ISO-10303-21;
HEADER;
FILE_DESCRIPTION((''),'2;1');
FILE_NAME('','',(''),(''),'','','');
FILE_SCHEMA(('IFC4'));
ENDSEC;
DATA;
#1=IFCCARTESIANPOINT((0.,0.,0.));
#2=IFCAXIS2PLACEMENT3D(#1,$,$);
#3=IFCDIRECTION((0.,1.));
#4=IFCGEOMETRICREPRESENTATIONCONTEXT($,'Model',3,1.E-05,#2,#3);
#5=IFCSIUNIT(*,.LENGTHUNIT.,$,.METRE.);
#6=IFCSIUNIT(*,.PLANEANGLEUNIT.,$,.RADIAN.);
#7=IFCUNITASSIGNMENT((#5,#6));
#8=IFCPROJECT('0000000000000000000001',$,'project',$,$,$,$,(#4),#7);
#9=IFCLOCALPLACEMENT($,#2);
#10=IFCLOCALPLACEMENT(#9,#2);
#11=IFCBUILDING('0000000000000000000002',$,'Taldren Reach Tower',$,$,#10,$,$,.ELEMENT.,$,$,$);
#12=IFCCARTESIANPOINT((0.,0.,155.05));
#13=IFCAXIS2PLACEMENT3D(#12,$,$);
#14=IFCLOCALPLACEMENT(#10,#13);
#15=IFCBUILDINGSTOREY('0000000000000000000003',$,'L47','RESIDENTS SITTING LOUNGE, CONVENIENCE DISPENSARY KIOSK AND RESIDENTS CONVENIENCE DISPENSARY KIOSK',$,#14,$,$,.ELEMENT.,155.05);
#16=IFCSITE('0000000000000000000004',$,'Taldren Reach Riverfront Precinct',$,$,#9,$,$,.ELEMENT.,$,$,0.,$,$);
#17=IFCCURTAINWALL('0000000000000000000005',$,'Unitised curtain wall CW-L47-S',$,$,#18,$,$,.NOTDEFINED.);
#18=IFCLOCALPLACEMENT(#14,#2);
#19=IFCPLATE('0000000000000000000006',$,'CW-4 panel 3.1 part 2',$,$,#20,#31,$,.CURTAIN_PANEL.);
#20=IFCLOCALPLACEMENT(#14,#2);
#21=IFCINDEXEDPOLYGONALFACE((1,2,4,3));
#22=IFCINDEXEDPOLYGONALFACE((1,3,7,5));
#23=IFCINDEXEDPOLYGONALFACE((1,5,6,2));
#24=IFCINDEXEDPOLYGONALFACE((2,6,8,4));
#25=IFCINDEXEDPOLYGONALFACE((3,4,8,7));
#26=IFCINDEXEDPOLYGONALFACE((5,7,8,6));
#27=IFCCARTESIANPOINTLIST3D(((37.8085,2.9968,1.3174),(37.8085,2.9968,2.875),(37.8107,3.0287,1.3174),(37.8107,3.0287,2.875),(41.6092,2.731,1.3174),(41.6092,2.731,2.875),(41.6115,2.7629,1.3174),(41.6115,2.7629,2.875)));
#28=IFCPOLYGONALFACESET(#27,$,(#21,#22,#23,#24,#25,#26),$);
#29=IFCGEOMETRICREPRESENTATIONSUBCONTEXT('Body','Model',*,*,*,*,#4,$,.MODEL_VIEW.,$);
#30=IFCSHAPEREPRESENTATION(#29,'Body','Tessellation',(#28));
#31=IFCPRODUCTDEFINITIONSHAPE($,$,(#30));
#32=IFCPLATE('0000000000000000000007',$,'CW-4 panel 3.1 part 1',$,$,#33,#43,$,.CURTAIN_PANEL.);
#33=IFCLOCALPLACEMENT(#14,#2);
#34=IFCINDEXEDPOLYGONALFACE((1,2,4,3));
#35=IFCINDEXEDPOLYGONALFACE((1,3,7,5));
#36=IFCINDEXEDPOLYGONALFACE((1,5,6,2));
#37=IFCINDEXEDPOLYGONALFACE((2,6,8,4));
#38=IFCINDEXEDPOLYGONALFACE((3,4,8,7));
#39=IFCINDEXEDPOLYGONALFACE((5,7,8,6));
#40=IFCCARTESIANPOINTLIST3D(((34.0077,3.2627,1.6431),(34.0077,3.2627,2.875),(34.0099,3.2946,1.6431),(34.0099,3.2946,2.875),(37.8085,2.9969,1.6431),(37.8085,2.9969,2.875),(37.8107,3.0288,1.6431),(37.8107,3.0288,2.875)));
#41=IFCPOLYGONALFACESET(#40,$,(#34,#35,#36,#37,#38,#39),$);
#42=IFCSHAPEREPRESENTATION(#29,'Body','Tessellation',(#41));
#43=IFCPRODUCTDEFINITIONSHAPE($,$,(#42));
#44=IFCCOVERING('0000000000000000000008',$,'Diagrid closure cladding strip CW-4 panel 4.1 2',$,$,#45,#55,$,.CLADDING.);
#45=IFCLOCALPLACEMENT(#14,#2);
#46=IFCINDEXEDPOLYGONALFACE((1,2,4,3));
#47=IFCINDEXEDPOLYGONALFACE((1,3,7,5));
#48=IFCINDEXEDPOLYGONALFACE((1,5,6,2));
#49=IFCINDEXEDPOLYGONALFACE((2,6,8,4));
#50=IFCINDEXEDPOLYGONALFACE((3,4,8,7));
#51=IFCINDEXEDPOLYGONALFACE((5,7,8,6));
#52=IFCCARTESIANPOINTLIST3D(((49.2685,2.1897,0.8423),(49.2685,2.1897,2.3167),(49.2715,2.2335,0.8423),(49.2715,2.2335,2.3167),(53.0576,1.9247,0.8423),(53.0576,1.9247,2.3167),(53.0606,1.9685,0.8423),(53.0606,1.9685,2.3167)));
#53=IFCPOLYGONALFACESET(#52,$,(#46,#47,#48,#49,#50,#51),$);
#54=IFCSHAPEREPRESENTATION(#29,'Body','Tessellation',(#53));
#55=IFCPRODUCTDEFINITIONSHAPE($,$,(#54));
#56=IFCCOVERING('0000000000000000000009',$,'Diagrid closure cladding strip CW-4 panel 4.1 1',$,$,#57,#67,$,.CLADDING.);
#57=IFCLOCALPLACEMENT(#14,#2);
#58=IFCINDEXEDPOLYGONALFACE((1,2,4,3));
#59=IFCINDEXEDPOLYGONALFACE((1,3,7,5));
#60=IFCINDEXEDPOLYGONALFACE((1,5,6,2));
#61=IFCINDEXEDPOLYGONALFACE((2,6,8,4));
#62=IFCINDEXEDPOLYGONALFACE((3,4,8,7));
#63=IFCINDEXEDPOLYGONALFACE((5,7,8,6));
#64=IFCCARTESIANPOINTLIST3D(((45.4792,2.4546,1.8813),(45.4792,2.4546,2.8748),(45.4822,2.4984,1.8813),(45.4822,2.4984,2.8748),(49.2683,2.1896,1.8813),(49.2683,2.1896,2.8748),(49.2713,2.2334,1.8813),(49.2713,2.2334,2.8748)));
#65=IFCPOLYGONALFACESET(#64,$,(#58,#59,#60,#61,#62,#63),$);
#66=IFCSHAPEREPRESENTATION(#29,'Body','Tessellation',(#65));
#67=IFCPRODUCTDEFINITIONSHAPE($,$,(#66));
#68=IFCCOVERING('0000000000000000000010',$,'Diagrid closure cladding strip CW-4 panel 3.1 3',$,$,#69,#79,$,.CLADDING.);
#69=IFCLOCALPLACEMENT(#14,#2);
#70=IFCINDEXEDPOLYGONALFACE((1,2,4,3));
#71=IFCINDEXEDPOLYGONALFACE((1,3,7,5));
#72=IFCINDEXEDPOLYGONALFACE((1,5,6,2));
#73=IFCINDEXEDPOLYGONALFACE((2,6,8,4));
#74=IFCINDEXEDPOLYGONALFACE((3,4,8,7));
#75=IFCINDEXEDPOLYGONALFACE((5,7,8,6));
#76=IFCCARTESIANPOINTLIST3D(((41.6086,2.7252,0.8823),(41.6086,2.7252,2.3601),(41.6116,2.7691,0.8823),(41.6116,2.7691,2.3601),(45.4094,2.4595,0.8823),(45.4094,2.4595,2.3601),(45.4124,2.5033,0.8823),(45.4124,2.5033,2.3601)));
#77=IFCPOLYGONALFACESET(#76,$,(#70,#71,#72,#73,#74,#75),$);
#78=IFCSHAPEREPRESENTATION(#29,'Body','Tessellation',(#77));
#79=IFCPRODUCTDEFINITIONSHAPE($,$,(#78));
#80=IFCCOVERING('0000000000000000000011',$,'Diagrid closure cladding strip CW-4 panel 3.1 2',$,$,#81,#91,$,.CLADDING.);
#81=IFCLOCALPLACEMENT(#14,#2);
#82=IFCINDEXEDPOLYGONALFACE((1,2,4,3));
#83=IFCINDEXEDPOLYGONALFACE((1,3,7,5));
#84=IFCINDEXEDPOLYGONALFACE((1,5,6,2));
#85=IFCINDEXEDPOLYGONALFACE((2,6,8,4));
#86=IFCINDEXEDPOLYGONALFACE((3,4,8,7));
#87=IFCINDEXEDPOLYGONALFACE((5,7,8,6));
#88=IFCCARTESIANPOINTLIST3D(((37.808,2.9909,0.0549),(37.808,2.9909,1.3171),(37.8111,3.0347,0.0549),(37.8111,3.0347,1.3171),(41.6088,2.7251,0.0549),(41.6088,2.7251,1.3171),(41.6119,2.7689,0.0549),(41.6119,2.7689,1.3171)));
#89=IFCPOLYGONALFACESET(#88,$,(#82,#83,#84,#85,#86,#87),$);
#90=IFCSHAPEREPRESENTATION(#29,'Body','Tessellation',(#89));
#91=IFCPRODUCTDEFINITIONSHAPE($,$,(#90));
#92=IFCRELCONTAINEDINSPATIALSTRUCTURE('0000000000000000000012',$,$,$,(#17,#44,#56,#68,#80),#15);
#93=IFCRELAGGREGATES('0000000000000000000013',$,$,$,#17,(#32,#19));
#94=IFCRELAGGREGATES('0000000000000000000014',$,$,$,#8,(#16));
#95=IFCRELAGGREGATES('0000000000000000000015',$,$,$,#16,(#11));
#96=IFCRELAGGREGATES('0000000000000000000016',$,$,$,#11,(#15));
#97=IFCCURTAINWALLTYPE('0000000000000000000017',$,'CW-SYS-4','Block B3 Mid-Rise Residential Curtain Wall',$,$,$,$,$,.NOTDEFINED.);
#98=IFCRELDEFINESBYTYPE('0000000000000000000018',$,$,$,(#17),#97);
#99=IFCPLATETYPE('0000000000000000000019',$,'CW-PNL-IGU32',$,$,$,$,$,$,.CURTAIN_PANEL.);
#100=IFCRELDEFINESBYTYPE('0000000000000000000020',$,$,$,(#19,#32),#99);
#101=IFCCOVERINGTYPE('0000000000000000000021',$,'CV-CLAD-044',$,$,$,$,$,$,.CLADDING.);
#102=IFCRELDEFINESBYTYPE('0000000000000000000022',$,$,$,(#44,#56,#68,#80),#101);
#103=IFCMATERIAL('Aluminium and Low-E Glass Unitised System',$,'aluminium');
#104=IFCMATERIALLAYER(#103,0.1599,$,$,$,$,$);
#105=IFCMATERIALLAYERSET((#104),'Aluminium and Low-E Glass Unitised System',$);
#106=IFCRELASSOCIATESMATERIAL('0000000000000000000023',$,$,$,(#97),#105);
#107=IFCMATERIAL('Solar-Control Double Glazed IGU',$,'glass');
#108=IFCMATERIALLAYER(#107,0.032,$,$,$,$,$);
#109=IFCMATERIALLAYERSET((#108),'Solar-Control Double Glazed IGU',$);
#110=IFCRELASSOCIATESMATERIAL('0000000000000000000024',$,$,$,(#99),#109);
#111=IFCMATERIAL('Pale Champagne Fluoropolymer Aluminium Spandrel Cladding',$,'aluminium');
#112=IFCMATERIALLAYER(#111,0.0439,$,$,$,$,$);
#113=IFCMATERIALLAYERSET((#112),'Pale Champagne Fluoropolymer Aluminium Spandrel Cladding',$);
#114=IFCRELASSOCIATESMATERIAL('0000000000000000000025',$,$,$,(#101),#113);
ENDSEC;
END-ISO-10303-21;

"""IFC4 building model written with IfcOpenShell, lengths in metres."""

from ifc_helpers import new_model, si_unit, direction, frame, origin, origin_2d, place, context, subcontext, project, spatial, rectangle, extrude, source, transform, mapped, material, layer, layer_set, type_object, element, aggregate, save


model = new_model("IFC4")

# Units and contexts
model_context = context("Model", 3, precision=1e-05, world=origin(), true_north=direction((0.0, 1.0)))
body_context = subcontext(model_context, "Body", "Model", "MODEL_VIEW")
ifc_project = project(units=[si_unit("LENGTHUNIT", "METRE"), si_unit("PLANEANGLEUNIT", "RADIAN")], contexts=[model_context])

# Site, building, storey
site_placement = place(None, origin())
site = spatial("IfcSite", under=ifc_project, at=site_placement, Name="Taldren Reach Riverfront Precinct", CompositionType="ELEMENT", RefElevation=0.0)
building_placement = place(site_placement, origin())
building = spatial("IfcBuilding", under=site, at=building_placement, Name="Taldren Reach Tower", CompositionType="ELEMENT")
storey_placement = place(building_placement, frame((0.0, 0.0, 155.05)))
storey = spatial("IfcBuildingStorey", under=building, at=storey_placement, Name="L47", Description="RESIDENTS SITTING LOUNGE, CONVENIENCE DISPENSARY KIOSK AND RESIDENTS CONVENIENCE DISPENSARY KIOSK", CompositionType="ELEMENT", Elevation=155.05)

# Curtain wall
ifc_material_1 = material(Name="Aluminium and Low-E Glass Unitised System", Category="aluminium")
ifc_layer_1 = layer(ifc_material_1, 0.1599)
ifc_layer_set_1 = layer_set([ifc_layer_1], Name="Aluminium and Low-E Glass Unitised System")
curtain_wall_type = type_object("IfcCurtainWallType", Name="CW-SYS-4", Description="Block B3 Mid-Rise Residential Curtain Wall", PredefinedType="NOTDEFINED", material=ifc_layer_set_1)
curtain_wall_placement = place(storey_placement, origin())
curtain_wall = element("IfcCurtainWall", 1, at=curtain_wall_placement, inside=storey, type_object=curtain_wall_type, Name="Unitised curtain wall CW-L47-S", PredefinedType="NOTDEFINED")

# Plates
ifc_material_2 = material(Name="Solar-Control Double Glazed IGU", Category="glass")
ifc_layer_2 = layer(ifc_material_2, 0.032)
ifc_layer_set_2 = layer_set([ifc_layer_2], Name="Solar-Control Double Glazed IGU")
plate_type_1 = type_object("IfcPlateType", Name="CW-PNL-IGU32", PredefinedType="CURTAIN_PANEL", material=ifc_layer_set_2)
shared_shape_1 = source(origin(), body_context, "Body", "SweptSolid", [
    extrude(rectangle(XDim=3.8101, YDim=0.032, at=origin_2d()), origin(), (0.0, 0.0, 1.0), 1.5576),
])
plate_1_placement = place(storey_placement, frame((39.71, 2.8799, 1.3174), z_axis=(0.0, 0.0, 1.0), x_axis=(0.997564, -0.069757, 0.0)))
plate_1 = element("IfcPlate", 2, at=plate_1_placement, type_object=plate_type_1, Name="CW-4 panel 3.1 part 2", PredefinedType="CURTAIN_PANEL", context=body_context, shape_type="MappedRepresentation", body=[
    mapped(shared_shape_1, transform((0.0, 0.0, 0.0), scale=1.0)),
])
shared_shape_2 = source(origin(), body_context, "Body", "SweptSolid", [
    extrude(rectangle(XDim=3.8101, YDim=0.032, at=origin_2d()), origin(), (0.0, 0.0, 1.0), 1.2319),
])
plate_2_placement = place(storey_placement, frame((35.9092, 3.1458, 1.6431), z_axis=(0.0, 0.0, 1.0), x_axis=(0.997564, -0.069757, 0.0)))
plate_2 = element("IfcPlate", 3, at=plate_2_placement, type_object=plate_type_1, Name="CW-4 panel 3.1 part 1", PredefinedType="CURTAIN_PANEL", context=body_context, shape_type="MappedRepresentation", body=[
    mapped(shared_shape_2, transform((0.0, 0.0, 0.0), scale=1.0)),
])
aggregate(curtain_wall, [plate_2, plate_1])

# Coverings
ifc_material_3 = material(Name="Pale Champagne Fluoropolymer Aluminium Spandrel Cladding", Category="aluminium")
ifc_layer_3 = layer(ifc_material_3, 0.0439)
ifc_layer_set_3 = layer_set([ifc_layer_3], Name="Pale Champagne Fluoropolymer Aluminium Spandrel Cladding")
covering_type = type_object("IfcCoveringType", Name="CV-CLAD-044", PredefinedType="CLADDING", material=ifc_layer_set_3)
shared_shape_3 = source(origin(), body_context, "Body", "SweptSolid", [
    extrude(rectangle(XDim=3.7983, YDim=0.0439, at=origin_2d()), origin(), (0.0, 0.0, 1.0), 1.4744),
])
covering_1_placement = place(storey_placement, frame((51.1646, 2.0791, 0.8423), z_axis=(0.0, 0.0, 1.0), x_axis=(0.997564, -0.069757, 0.0)))
element("IfcCovering", 4, at=covering_1_placement, inside=storey, type_object=covering_type, Name="Diagrid closure cladding strip CW-4 panel 4.1 2", PredefinedType="CLADDING", context=body_context, shape_type="MappedRepresentation", body=[
    mapped(shared_shape_3, transform((0.0, 0.0, 0.0), scale=1.0)),
])
shared_shape_4 = source(origin(), body_context, "Body", "SweptSolid", [
    extrude(rectangle(XDim=3.7983, YDim=0.0439, at=origin_2d()), origin(), (0.0, 0.0, 1.0), 0.9934),
])
covering_2_placement = place(storey_placement, frame((47.3752, 2.344, 1.8813), z_axis=(0.0, 0.0, 1.0), x_axis=(0.997564, -0.069757, 0.0)))
element("IfcCovering", 5, at=covering_2_placement, inside=storey, type_object=covering_type, Name="Diagrid closure cladding strip CW-4 panel 4.1 1", PredefinedType="CLADDING", context=body_context, shape_type="MappedRepresentation", body=[
    mapped(shared_shape_4, transform((0.0, 0.0, 0.0), scale=1.0)),
])
shared_shape_5 = source(origin(), body_context, "Body", "SweptSolid", [
    extrude(rectangle(XDim=3.8101, YDim=0.0439, at=origin_2d()), origin(), (0.0, 0.0, 1.0), 1.4778),
])
covering_3_placement = place(storey_placement, frame((43.5105, 2.6143, 0.8823), z_axis=(0.0, 0.0, 1.0), x_axis=(0.997564, -0.069757, 0.0)))
element("IfcCovering", 6, at=covering_3_placement, inside=storey, type_object=covering_type, Name="Diagrid closure cladding strip CW-4 panel 3.1 3", PredefinedType="CLADDING", context=body_context, shape_type="MappedRepresentation", body=[
    mapped(shared_shape_5, transform((0.0, 0.0, 0.0), scale=1.0)),
])
shared_shape_6 = source(origin(), body_context, "Body", "SweptSolid", [
    extrude(rectangle(XDim=3.8101, YDim=0.0439, at=origin_2d()), origin(), (0.0, 0.0, 1.0), 1.2622),
])
covering_4_placement = place(storey_placement, frame((39.71, 2.8799, 0.0549), z_axis=(0.0, 0.0, 1.0), x_axis=(0.997564, -0.069757, 0.0)))
element("IfcCovering", 7, at=covering_4_placement, inside=storey, type_object=covering_type, Name="Diagrid closure cladding strip CW-4 panel 3.1 2", PredefinedType="CLADDING", context=body_context, shape_type="MappedRepresentation", body=[
    mapped(shared_shape_6, transform((0.0, 0.0, 0.0), scale=1.0)),
])

save(model, "model.ifc")
